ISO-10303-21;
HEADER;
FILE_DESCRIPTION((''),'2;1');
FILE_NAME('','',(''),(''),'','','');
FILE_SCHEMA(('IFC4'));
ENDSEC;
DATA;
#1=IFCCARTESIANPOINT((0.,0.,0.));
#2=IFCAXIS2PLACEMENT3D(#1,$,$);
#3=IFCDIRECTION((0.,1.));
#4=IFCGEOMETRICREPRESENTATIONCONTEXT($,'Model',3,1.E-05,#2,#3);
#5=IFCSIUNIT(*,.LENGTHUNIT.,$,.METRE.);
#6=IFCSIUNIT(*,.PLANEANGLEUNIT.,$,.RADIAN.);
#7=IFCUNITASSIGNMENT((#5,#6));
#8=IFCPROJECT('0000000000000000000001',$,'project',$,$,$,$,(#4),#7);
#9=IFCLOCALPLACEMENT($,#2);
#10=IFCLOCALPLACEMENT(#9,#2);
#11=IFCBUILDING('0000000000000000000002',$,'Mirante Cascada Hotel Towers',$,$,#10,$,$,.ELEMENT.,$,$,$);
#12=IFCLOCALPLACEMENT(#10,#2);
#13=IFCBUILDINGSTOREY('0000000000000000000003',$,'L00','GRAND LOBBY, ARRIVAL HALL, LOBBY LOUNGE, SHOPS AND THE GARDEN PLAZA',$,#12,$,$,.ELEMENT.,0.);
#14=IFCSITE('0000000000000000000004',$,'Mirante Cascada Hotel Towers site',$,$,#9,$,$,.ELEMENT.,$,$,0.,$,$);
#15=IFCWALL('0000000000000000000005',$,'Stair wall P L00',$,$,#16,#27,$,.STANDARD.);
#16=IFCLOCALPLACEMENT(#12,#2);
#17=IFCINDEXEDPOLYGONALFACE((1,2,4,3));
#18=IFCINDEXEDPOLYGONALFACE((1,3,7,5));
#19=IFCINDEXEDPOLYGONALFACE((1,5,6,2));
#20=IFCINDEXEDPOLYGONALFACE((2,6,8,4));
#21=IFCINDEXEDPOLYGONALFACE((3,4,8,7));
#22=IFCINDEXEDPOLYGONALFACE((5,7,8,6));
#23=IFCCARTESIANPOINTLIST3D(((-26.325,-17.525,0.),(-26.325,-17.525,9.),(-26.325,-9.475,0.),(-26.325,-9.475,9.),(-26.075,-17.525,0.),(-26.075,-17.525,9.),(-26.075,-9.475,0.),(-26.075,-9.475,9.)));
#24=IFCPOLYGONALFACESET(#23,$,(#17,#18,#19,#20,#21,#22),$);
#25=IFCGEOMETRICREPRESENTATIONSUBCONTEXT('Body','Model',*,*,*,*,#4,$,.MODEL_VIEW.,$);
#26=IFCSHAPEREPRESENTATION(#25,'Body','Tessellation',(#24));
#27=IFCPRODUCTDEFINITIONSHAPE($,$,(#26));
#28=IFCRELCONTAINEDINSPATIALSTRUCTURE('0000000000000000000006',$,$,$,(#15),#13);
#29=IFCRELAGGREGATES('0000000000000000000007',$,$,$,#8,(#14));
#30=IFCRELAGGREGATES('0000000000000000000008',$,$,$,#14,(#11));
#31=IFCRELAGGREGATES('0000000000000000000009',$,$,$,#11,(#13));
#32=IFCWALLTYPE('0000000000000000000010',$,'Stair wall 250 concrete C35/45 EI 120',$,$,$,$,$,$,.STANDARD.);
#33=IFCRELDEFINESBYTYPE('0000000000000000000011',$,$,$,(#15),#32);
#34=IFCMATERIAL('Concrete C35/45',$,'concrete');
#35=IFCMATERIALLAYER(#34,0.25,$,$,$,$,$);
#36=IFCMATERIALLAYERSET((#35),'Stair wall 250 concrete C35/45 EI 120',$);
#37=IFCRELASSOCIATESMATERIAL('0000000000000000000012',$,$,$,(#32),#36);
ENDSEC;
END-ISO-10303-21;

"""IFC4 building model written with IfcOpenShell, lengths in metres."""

from ifc_helpers import new_model, si_unit, direction, frame, frame_2d, origin, place, context, subcontext, project, spatial, rectangle, extrude, material, layer, layer_set, type_object, element, save


model = new_model("IFC4")

# Units and contexts
model_context = context("Model", 3, precision=1e-05, world=origin(), true_north=direction((0.0, 1.0)))
body_context = subcontext(model_context, "Body", "Model", "MODEL_VIEW")
ifc_project = project(units=[si_unit("LENGTHUNIT", "METRE"), si_unit("PLANEANGLEUNIT", "RADIAN")], contexts=[model_context])

# Site, building, storey
site_placement = place(None, origin())
site = spatial("IfcSite", under=ifc_project, at=site_placement, Name="Mirante Cascada Hotel Towers site", CompositionType="ELEMENT", RefElevation=0.0)
building_placement = place(site_placement, origin())
building = spatial("IfcBuilding", under=site, at=building_placement, Name="Mirante Cascada Hotel Towers", CompositionType="ELEMENT")
storey_placement = place(building_placement, origin())
storey = spatial("IfcBuildingStorey", under=building, at=storey_placement, Name="L00", Description="GRAND LOBBY, ARRIVAL HALL, LOBBY LOUNGE, SHOPS AND THE GARDEN PLAZA", CompositionType="ELEMENT", Elevation=0.0)

# Shared definitions
ifc_material_1 = material(Name="Concrete C35/45", Category="concrete")
ifc_layer_1 = layer(ifc_material_1, 0.25)
ifc_layer_set_1 = layer_set([ifc_layer_1], Name="Stair wall 250 concrete C35/45 EI 120")
wall_type_1 = type_object("IfcWallType", Name="Stair wall 250 concrete C35/45 EI 120", PredefinedType="STANDARD", material=ifc_layer_set_1)

# Wall
for number, where, z_axis, x_axis, name in (
    (1, (-26.2, -17.525, 0.0), (0.0, 0.0, 1.0), (0.0, 1.0, 0.0), "Stair wall P L00"),
):
    element("IfcWall", number, at=place(storey_placement, frame(where, z_axis=z_axis, x_axis=x_axis)), inside=storey, type_object=wall_type_1, Name=name, PredefinedType="STANDARD", context=body_context, shape_type="SweptSolid", body=[
        extrude(rectangle(XDim=8.05, YDim=0.25, at=frame_2d((4.025, 0.0))), origin(), (0.0, 0.0, 1.0), 9.0),
    ])

save(model, "model.ifc")
